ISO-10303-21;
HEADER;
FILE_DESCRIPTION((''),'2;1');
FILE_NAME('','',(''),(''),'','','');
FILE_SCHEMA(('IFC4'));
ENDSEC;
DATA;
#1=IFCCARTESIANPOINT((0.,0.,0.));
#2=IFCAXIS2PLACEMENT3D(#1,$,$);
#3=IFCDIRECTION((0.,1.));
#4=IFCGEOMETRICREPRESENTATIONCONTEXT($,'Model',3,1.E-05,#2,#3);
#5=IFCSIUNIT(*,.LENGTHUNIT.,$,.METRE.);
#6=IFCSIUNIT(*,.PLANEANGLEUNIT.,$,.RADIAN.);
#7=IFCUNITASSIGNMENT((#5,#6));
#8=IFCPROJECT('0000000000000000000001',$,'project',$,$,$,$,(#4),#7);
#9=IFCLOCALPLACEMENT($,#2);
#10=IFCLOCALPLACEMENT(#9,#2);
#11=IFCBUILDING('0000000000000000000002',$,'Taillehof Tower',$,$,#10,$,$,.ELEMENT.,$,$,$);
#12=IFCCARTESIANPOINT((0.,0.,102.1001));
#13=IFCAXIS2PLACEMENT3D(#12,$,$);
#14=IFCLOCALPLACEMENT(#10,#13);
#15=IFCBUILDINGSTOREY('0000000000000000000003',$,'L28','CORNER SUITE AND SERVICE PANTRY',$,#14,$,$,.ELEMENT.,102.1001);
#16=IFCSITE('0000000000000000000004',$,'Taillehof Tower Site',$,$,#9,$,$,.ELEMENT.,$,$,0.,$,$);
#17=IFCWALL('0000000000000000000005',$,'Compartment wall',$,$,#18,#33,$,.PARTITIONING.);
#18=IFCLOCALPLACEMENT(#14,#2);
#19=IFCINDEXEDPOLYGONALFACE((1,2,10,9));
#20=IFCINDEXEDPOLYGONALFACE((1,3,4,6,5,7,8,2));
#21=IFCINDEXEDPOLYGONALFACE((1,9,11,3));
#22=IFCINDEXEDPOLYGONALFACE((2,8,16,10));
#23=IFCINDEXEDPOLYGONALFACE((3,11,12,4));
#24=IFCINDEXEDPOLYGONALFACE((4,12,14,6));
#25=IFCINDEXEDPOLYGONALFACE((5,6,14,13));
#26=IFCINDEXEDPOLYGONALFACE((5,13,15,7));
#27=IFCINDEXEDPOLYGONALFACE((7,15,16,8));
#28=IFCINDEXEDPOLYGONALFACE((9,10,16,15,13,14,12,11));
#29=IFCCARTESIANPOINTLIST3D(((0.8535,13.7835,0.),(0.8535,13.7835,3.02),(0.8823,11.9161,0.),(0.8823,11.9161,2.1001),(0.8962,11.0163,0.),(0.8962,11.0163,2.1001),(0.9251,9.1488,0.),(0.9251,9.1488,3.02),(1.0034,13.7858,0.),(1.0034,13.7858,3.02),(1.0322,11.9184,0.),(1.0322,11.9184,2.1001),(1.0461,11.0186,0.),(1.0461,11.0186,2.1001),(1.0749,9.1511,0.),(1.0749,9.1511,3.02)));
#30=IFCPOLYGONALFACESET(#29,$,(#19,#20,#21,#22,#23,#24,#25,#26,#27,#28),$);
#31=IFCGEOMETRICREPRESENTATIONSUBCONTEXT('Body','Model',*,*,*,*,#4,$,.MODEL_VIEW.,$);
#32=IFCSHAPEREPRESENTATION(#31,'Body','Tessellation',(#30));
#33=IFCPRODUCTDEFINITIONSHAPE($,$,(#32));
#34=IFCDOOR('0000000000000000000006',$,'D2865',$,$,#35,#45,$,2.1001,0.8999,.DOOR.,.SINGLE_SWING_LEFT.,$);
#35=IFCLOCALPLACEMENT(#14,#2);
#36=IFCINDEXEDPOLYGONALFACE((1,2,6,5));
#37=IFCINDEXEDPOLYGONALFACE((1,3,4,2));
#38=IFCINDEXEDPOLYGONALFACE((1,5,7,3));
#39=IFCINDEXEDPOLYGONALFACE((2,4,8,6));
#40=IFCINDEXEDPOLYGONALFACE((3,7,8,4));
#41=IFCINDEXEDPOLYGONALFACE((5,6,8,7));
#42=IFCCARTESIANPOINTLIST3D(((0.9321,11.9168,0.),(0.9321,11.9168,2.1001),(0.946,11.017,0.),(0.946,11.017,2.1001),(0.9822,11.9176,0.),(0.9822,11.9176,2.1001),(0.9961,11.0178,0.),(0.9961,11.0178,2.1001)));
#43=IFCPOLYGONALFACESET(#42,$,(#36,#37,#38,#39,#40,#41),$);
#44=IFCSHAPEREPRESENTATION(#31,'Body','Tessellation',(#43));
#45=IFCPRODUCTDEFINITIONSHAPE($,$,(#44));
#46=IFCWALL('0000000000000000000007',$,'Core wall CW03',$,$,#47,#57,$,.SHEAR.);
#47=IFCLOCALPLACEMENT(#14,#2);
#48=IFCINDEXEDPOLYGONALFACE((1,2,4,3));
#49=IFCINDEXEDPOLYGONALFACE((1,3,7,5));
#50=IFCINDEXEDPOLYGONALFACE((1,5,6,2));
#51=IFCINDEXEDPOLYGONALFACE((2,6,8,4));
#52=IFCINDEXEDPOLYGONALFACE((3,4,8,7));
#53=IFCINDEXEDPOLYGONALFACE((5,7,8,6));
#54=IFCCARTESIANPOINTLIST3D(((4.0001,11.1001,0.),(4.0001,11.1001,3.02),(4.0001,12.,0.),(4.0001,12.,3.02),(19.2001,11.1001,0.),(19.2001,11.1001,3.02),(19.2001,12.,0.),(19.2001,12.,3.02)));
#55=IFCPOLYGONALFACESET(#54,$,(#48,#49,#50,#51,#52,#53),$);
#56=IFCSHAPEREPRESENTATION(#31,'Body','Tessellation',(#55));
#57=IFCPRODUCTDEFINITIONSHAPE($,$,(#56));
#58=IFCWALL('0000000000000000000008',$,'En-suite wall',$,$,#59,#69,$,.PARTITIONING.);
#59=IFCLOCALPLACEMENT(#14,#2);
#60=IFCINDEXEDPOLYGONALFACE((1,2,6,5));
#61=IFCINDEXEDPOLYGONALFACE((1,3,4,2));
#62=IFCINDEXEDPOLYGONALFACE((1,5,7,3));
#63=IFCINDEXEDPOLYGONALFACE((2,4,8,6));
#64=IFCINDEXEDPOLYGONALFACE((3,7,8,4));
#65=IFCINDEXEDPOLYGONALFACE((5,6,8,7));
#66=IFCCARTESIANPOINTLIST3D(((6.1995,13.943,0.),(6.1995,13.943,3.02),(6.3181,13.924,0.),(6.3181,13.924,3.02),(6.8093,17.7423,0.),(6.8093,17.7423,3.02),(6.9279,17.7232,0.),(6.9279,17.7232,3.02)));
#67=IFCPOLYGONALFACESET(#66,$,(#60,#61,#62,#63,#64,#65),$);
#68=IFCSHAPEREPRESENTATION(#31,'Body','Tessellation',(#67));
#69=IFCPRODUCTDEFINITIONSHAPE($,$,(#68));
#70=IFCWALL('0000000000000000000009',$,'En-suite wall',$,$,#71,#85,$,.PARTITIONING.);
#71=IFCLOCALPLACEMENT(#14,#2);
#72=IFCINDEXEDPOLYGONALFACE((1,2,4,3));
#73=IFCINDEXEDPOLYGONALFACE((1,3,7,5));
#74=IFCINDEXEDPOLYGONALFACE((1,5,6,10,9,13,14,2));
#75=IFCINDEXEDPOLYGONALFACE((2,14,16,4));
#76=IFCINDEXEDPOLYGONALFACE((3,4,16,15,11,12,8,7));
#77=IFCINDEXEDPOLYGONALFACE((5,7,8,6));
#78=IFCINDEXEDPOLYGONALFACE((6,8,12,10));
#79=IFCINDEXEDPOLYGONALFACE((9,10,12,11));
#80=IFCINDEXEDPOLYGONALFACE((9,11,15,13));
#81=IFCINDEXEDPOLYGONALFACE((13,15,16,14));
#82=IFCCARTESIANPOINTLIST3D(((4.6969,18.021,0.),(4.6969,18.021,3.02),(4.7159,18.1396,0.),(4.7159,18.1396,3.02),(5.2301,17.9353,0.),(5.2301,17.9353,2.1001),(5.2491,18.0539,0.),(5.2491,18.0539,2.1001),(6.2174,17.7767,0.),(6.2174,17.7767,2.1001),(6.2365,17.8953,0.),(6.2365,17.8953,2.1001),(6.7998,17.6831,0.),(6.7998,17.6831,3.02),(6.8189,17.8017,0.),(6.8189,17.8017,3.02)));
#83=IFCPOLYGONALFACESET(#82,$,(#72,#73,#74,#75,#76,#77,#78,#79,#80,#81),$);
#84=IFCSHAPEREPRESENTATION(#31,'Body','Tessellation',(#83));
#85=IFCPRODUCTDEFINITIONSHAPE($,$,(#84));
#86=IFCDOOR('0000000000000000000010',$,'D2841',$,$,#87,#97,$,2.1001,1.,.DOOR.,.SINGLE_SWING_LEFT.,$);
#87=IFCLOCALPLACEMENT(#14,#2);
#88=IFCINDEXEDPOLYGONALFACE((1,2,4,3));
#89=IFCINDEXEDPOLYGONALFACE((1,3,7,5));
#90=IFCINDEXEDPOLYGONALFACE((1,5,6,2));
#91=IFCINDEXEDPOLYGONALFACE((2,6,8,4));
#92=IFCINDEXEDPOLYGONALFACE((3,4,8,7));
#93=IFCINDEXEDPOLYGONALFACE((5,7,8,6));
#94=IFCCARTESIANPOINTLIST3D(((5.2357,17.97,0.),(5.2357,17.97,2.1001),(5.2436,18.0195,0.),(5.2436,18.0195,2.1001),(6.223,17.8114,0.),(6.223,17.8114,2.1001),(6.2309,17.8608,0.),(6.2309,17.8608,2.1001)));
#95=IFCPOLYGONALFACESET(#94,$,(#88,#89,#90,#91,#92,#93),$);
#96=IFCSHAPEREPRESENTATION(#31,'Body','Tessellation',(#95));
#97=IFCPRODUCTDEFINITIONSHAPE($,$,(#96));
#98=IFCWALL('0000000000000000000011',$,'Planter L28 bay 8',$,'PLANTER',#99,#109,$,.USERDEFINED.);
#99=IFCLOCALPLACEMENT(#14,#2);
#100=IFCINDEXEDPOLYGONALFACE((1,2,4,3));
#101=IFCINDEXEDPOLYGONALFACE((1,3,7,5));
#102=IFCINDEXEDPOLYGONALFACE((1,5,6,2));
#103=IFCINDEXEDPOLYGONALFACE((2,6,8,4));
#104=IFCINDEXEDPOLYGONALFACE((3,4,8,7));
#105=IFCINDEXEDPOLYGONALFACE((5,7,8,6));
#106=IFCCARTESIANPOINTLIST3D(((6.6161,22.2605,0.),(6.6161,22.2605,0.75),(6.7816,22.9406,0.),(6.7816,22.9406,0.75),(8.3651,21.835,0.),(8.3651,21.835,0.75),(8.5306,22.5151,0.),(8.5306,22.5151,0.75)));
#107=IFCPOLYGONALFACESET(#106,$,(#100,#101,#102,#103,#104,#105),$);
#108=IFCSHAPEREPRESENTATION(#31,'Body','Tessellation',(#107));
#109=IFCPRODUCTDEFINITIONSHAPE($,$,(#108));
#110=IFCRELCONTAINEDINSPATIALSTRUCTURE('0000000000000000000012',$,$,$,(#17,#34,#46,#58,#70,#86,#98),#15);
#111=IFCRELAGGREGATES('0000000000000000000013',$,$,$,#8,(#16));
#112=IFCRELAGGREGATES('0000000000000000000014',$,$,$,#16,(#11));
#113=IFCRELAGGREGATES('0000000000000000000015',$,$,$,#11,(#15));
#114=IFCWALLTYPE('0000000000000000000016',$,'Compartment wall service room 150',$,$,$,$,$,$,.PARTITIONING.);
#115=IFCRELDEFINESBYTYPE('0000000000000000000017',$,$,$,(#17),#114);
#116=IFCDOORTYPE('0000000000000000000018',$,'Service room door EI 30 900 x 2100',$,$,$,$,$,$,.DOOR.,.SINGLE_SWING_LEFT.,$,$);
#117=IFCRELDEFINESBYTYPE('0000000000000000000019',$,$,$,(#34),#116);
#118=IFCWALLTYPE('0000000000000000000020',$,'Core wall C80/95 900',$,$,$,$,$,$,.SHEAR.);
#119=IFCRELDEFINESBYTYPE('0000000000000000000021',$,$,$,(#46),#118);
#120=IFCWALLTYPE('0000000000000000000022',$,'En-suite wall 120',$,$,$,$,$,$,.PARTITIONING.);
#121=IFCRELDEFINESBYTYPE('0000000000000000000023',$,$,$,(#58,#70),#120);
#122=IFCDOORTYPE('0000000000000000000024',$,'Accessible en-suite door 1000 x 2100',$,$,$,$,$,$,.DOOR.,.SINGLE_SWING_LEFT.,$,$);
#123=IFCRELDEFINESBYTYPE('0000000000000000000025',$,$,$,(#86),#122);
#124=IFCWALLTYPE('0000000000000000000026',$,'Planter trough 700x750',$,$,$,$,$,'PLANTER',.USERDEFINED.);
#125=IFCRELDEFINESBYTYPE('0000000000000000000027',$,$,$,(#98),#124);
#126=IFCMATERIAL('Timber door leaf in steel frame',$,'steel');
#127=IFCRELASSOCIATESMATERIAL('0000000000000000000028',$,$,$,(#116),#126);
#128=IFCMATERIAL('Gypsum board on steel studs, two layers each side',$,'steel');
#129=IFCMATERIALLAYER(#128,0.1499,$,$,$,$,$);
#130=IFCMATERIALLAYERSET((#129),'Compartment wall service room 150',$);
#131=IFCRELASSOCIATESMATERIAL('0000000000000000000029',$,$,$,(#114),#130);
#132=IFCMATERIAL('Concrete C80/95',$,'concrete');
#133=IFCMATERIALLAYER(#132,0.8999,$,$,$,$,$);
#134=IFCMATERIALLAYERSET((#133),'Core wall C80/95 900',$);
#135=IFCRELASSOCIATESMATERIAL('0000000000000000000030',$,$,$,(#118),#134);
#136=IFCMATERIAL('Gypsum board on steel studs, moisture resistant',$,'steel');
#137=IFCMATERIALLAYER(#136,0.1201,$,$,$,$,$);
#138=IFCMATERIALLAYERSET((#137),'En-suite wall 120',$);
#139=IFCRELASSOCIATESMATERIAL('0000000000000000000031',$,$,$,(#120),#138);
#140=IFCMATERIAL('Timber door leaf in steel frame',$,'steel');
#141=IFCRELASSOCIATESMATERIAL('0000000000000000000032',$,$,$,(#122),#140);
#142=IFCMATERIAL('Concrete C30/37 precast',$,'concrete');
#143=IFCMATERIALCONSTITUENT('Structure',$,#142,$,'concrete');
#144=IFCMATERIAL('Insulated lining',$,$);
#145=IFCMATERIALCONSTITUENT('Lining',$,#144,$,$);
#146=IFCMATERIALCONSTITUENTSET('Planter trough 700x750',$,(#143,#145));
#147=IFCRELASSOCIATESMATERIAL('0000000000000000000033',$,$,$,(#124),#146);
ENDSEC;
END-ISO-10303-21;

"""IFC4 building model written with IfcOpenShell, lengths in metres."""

from ifc_helpers import new_model, si_unit, direction, frame, frame_2d, origin, place, context, subcontext, project, spatial, rectangle, extrude, material, layer, layer_set, constituent, constituent_set, type_object, element, fill, save


model = new_model("IFC4")

# Units and contexts
model_context = context("Model", 3, precision=1e-05, world=origin(), true_north=direction((0.0, 1.0)))
body_context = subcontext(model_context, "Body", "Model", "MODEL_VIEW")
ifc_project = project(units=[si_unit("LENGTHUNIT", "METRE"), si_unit("PLANEANGLEUNIT", "RADIAN")], contexts=[model_context])

# Site, building, storey
site_placement = place(None, origin())
site = spatial("IfcSite", under=ifc_project, at=site_placement, Name="Taillehof Tower Site", CompositionType="ELEMENT", RefElevation=0.0)
building_placement = place(site_placement, origin())
building = spatial("IfcBuilding", under=site, at=building_placement, Name="Taillehof Tower", CompositionType="ELEMENT")
storey_placement = place(building_placement, frame((0.0, 0.0, 102.1001)))
storey = spatial("IfcBuildingStorey", under=building, at=storey_placement, Name="L28", Description="CORNER SUITE AND SERVICE PANTRY", CompositionType="ELEMENT", Elevation=102.1001)

# Shared definitions
ifc_material_1 = material(Name="Timber door leaf in steel frame", Category="steel")
door_type_1 = type_object("IfcDoorType", Name="Service room door EI 30 900 x 2100", OperationType="SINGLE_SWING_LEFT", PredefinedType="DOOR", material=ifc_material_1)

# Wall, opening, door
ifc_material_2 = material(Name="Gypsum board on steel studs, two layers each side", Category="steel")
ifc_layer_1 = layer(ifc_material_2, 0.1499)
ifc_layer_set_1 = layer_set([ifc_layer_1], Name="Compartment wall service room 150")
wall_type_1 = type_object("IfcWallType", Name="Compartment wall service room 150", PredefinedType="PARTITIONING", material=ifc_layer_set_1)
wall_1_placement = place(storey_placement, frame((0.9285, 13.7847, 0.0), z_axis=(0.0, 0.0, 1.0), x_axis=(0.015432, -0.999881, 0.0)))
wall_1 = element("IfcWall", 1, at=wall_1_placement, inside=storey, type_object=wall_type_1, Name="Compartment wall", PredefinedType="PARTITIONING", context=body_context, shape_type="SweptSolid", body=[
    extrude(rectangle(XDim=4.6353, YDim=0.1499, at=frame_2d((2.3176, 0.0))), origin(), (0.0, 0.0, 1.0), 3.02),
])
opening_1_placement = place(wall_1_placement, frame((1.8677, 0.0, 0.0)))
opening_1 = element("IfcOpeningElement", 2, at=opening_1_placement, cuts=wall_1, PredefinedType="OPENING", context=body_context, shape_type="SweptSolid", body=[
    extrude(rectangle(XDim=0.8999, YDim=2.1001, at=frame_2d((0.45, 1.05))), frame((0.0, 0.085, 0.0), z_axis=(0.0, -1.0, 0.0), x_axis=(1.0, 0.0, 0.0)), (0.0, 0.0, 1.0), 0.1699),
])
door_1_placement = place(opening_1_placement, origin())
door_1 = element("IfcDoor", 3, at=door_1_placement, inside=storey, type_object=door_type_1, Name="D2865", OperationType="SINGLE_SWING_LEFT", OverallHeight=2.1001, OverallWidth=0.8999, PredefinedType="DOOR", context=body_context, shape_type="SweptSolid", body=[
    extrude(rectangle(XDim=0.8999, YDim=2.1001, at=frame_2d((0.45, 1.05))), frame((0.0, 0.0249, 0.0), z_axis=(0.0, -1.0, 0.0), x_axis=(1.0, 0.0, 0.0)), (0.0, 0.0, 1.0), 0.05),
])
fill(opening_1, door_1)

# Walls
ifc_material_3 = material(Name="Concrete C80/95", Category="concrete")
ifc_layer_2 = layer(ifc_material_3, 0.8999)
ifc_layer_set_2 = layer_set([ifc_layer_2], Name="Core wall C80/95 900")
wall_type_2 = type_object("IfcWallType", Name="Core wall C80/95 900", PredefinedType="SHEAR", material=ifc_layer_set_2)
wall_2_placement = place(storey_placement, frame((4.0, 11.55, 0.0), z_axis=(0.0, 0.0, 1.0), x_axis=(1.0, 0.0, 0.0)))
element("IfcWall", 4, at=wall_2_placement, inside=storey, type_object=wall_type_2, Name="Core wall CW03", PredefinedType="SHEAR", context=body_context, shape_type="SweptSolid", body=[
    extrude(rectangle(XDim=15.2, YDim=0.8999, at=frame_2d((7.6001, 0.0))), origin(), (0.0, 0.0, 1.0), 3.02),
])
ifc_material_4 = material(Name="Gypsum board on steel studs, moisture resistant", Category="steel")
ifc_layer_3 = layer(ifc_material_4, 0.1201)
ifc_layer_set_3 = layer_set([ifc_layer_3], Name="En-suite wall 120")
wall_type_3 = type_object("IfcWallType", Name="En-suite wall 120", PredefinedType="PARTITIONING", material=ifc_layer_set_3)
wall_3_placement = place(storey_placement, frame((6.2588, 13.9336, 0.0), z_axis=(0.0, 0.0, 1.0), x_axis=(0.15849, 0.987361, 0.0)))
element("IfcWall", 5, at=wall_3_placement, inside=storey, type_object=wall_type_3, Name="En-suite wall", PredefinedType="PARTITIONING", context=body_context, shape_type="SweptSolid", body=[
    extrude(rectangle(XDim=3.8479, YDim=0.1201, at=frame_2d((1.9238, 0.0))), origin(), (0.0, 0.0, 1.0), 3.02),
])

# Wall, opening, door
wall_4_placement = place(storey_placement, frame((6.8093, 17.7424, 0.0), z_axis=(0.0, 0.0, 1.0), x_axis=(-0.987337, 0.158634, 0.0)))
wall_4 = element("IfcWall", 6, at=wall_4_placement, inside=storey, type_object=wall_type_3, Name="En-suite wall", PredefinedType="PARTITIONING", context=body_context, shape_type="SweptSolid", body=[
    extrude(rectangle(XDim=2.1299, YDim=0.1201, at=frame_2d((1.0649, 0.0))), origin(), (0.0, 0.0, 1.0), 3.02),
])
opening_2_placement = place(wall_4_placement, frame((0.5898, 0.0, 0.0)))
opening_2 = element("IfcOpeningElement", 7, at=opening_2_placement, cuts=wall_4, PredefinedType="OPENING", context=body_context, shape_type="SweptSolid", body=[
    extrude(rectangle(XDim=1.0, YDim=2.1001, at=frame_2d((0.5, 1.05))), frame((0.0, 0.0701, 0.0), z_axis=(0.0, -1.0, 0.0), x_axis=(1.0, 0.0, 0.0)), (0.0, 0.0, 1.0), 0.1401),
])
ifc_material_5 = material(Name="Timber door leaf in steel frame", Category="steel")
door_type_2 = type_object("IfcDoorType", Name="Accessible en-suite door 1000 x 2100", OperationType="SINGLE_SWING_LEFT", PredefinedType="DOOR", material=ifc_material_5)
door_2_placement = place(opening_2_placement, origin())
door_2 = element("IfcDoor", 8, at=door_2_placement, inside=storey, type_object=door_type_2, Name="D2841", OperationType="SINGLE_SWING_LEFT", OverallHeight=2.1001, OverallWidth=1.0, PredefinedType="DOOR", context=body_context, shape_type="SweptSolid", body=[
    extrude(rectangle(XDim=1.0, YDim=2.1001, at=frame_2d((0.5, 1.05))), frame((0.0, 0.0249, 0.0), z_axis=(0.0, -1.0, 0.0), x_axis=(1.0, 0.0, 0.0)), (0.0, 0.0, 1.0), 0.05),
])
fill(opening_2, door_2)

# Wall
ifc_material_6 = material(Name="Concrete C30/37 precast", Category="concrete")
ifc_constituent_1 = constituent(ifc_material_6, Name="Structure", Category="concrete")
ifc_material_7 = material(Name="Insulated lining")
ifc_constituent_2 = constituent(ifc_material_7, Name="Lining")
ifc_constituent_set = constituent_set(constituents=[ifc_constituent_1, ifc_constituent_2], Name="Planter trough 700x750")
wall_type_4 = type_object("IfcWallType", Name="Planter trough 700x750", ElementType="PLANTER", PredefinedType="USERDEFINED", material=ifc_constituent_set)
wall_5_placement = place(storey_placement, frame((8.4478, 22.175, 0.0), z_axis=(0.0, 0.0, 1.0), x_axis=(-0.971655, 0.236403, 0.0)))
element("IfcWall", 9, at=wall_5_placement, inside=storey, type_object=wall_type_4, Name="Planter L28 bay 8", ObjectType="PLANTER", PredefinedType="USERDEFINED", context=body_context, shape_type="SweptSolid", body=[
    extrude(rectangle(XDim=1.8, YDim=0.7, at=frame_2d((0.8999, 0.0))), origin(), (0.0, 0.0, 1.0), 0.75),
])

save(model, "model.ifc")
